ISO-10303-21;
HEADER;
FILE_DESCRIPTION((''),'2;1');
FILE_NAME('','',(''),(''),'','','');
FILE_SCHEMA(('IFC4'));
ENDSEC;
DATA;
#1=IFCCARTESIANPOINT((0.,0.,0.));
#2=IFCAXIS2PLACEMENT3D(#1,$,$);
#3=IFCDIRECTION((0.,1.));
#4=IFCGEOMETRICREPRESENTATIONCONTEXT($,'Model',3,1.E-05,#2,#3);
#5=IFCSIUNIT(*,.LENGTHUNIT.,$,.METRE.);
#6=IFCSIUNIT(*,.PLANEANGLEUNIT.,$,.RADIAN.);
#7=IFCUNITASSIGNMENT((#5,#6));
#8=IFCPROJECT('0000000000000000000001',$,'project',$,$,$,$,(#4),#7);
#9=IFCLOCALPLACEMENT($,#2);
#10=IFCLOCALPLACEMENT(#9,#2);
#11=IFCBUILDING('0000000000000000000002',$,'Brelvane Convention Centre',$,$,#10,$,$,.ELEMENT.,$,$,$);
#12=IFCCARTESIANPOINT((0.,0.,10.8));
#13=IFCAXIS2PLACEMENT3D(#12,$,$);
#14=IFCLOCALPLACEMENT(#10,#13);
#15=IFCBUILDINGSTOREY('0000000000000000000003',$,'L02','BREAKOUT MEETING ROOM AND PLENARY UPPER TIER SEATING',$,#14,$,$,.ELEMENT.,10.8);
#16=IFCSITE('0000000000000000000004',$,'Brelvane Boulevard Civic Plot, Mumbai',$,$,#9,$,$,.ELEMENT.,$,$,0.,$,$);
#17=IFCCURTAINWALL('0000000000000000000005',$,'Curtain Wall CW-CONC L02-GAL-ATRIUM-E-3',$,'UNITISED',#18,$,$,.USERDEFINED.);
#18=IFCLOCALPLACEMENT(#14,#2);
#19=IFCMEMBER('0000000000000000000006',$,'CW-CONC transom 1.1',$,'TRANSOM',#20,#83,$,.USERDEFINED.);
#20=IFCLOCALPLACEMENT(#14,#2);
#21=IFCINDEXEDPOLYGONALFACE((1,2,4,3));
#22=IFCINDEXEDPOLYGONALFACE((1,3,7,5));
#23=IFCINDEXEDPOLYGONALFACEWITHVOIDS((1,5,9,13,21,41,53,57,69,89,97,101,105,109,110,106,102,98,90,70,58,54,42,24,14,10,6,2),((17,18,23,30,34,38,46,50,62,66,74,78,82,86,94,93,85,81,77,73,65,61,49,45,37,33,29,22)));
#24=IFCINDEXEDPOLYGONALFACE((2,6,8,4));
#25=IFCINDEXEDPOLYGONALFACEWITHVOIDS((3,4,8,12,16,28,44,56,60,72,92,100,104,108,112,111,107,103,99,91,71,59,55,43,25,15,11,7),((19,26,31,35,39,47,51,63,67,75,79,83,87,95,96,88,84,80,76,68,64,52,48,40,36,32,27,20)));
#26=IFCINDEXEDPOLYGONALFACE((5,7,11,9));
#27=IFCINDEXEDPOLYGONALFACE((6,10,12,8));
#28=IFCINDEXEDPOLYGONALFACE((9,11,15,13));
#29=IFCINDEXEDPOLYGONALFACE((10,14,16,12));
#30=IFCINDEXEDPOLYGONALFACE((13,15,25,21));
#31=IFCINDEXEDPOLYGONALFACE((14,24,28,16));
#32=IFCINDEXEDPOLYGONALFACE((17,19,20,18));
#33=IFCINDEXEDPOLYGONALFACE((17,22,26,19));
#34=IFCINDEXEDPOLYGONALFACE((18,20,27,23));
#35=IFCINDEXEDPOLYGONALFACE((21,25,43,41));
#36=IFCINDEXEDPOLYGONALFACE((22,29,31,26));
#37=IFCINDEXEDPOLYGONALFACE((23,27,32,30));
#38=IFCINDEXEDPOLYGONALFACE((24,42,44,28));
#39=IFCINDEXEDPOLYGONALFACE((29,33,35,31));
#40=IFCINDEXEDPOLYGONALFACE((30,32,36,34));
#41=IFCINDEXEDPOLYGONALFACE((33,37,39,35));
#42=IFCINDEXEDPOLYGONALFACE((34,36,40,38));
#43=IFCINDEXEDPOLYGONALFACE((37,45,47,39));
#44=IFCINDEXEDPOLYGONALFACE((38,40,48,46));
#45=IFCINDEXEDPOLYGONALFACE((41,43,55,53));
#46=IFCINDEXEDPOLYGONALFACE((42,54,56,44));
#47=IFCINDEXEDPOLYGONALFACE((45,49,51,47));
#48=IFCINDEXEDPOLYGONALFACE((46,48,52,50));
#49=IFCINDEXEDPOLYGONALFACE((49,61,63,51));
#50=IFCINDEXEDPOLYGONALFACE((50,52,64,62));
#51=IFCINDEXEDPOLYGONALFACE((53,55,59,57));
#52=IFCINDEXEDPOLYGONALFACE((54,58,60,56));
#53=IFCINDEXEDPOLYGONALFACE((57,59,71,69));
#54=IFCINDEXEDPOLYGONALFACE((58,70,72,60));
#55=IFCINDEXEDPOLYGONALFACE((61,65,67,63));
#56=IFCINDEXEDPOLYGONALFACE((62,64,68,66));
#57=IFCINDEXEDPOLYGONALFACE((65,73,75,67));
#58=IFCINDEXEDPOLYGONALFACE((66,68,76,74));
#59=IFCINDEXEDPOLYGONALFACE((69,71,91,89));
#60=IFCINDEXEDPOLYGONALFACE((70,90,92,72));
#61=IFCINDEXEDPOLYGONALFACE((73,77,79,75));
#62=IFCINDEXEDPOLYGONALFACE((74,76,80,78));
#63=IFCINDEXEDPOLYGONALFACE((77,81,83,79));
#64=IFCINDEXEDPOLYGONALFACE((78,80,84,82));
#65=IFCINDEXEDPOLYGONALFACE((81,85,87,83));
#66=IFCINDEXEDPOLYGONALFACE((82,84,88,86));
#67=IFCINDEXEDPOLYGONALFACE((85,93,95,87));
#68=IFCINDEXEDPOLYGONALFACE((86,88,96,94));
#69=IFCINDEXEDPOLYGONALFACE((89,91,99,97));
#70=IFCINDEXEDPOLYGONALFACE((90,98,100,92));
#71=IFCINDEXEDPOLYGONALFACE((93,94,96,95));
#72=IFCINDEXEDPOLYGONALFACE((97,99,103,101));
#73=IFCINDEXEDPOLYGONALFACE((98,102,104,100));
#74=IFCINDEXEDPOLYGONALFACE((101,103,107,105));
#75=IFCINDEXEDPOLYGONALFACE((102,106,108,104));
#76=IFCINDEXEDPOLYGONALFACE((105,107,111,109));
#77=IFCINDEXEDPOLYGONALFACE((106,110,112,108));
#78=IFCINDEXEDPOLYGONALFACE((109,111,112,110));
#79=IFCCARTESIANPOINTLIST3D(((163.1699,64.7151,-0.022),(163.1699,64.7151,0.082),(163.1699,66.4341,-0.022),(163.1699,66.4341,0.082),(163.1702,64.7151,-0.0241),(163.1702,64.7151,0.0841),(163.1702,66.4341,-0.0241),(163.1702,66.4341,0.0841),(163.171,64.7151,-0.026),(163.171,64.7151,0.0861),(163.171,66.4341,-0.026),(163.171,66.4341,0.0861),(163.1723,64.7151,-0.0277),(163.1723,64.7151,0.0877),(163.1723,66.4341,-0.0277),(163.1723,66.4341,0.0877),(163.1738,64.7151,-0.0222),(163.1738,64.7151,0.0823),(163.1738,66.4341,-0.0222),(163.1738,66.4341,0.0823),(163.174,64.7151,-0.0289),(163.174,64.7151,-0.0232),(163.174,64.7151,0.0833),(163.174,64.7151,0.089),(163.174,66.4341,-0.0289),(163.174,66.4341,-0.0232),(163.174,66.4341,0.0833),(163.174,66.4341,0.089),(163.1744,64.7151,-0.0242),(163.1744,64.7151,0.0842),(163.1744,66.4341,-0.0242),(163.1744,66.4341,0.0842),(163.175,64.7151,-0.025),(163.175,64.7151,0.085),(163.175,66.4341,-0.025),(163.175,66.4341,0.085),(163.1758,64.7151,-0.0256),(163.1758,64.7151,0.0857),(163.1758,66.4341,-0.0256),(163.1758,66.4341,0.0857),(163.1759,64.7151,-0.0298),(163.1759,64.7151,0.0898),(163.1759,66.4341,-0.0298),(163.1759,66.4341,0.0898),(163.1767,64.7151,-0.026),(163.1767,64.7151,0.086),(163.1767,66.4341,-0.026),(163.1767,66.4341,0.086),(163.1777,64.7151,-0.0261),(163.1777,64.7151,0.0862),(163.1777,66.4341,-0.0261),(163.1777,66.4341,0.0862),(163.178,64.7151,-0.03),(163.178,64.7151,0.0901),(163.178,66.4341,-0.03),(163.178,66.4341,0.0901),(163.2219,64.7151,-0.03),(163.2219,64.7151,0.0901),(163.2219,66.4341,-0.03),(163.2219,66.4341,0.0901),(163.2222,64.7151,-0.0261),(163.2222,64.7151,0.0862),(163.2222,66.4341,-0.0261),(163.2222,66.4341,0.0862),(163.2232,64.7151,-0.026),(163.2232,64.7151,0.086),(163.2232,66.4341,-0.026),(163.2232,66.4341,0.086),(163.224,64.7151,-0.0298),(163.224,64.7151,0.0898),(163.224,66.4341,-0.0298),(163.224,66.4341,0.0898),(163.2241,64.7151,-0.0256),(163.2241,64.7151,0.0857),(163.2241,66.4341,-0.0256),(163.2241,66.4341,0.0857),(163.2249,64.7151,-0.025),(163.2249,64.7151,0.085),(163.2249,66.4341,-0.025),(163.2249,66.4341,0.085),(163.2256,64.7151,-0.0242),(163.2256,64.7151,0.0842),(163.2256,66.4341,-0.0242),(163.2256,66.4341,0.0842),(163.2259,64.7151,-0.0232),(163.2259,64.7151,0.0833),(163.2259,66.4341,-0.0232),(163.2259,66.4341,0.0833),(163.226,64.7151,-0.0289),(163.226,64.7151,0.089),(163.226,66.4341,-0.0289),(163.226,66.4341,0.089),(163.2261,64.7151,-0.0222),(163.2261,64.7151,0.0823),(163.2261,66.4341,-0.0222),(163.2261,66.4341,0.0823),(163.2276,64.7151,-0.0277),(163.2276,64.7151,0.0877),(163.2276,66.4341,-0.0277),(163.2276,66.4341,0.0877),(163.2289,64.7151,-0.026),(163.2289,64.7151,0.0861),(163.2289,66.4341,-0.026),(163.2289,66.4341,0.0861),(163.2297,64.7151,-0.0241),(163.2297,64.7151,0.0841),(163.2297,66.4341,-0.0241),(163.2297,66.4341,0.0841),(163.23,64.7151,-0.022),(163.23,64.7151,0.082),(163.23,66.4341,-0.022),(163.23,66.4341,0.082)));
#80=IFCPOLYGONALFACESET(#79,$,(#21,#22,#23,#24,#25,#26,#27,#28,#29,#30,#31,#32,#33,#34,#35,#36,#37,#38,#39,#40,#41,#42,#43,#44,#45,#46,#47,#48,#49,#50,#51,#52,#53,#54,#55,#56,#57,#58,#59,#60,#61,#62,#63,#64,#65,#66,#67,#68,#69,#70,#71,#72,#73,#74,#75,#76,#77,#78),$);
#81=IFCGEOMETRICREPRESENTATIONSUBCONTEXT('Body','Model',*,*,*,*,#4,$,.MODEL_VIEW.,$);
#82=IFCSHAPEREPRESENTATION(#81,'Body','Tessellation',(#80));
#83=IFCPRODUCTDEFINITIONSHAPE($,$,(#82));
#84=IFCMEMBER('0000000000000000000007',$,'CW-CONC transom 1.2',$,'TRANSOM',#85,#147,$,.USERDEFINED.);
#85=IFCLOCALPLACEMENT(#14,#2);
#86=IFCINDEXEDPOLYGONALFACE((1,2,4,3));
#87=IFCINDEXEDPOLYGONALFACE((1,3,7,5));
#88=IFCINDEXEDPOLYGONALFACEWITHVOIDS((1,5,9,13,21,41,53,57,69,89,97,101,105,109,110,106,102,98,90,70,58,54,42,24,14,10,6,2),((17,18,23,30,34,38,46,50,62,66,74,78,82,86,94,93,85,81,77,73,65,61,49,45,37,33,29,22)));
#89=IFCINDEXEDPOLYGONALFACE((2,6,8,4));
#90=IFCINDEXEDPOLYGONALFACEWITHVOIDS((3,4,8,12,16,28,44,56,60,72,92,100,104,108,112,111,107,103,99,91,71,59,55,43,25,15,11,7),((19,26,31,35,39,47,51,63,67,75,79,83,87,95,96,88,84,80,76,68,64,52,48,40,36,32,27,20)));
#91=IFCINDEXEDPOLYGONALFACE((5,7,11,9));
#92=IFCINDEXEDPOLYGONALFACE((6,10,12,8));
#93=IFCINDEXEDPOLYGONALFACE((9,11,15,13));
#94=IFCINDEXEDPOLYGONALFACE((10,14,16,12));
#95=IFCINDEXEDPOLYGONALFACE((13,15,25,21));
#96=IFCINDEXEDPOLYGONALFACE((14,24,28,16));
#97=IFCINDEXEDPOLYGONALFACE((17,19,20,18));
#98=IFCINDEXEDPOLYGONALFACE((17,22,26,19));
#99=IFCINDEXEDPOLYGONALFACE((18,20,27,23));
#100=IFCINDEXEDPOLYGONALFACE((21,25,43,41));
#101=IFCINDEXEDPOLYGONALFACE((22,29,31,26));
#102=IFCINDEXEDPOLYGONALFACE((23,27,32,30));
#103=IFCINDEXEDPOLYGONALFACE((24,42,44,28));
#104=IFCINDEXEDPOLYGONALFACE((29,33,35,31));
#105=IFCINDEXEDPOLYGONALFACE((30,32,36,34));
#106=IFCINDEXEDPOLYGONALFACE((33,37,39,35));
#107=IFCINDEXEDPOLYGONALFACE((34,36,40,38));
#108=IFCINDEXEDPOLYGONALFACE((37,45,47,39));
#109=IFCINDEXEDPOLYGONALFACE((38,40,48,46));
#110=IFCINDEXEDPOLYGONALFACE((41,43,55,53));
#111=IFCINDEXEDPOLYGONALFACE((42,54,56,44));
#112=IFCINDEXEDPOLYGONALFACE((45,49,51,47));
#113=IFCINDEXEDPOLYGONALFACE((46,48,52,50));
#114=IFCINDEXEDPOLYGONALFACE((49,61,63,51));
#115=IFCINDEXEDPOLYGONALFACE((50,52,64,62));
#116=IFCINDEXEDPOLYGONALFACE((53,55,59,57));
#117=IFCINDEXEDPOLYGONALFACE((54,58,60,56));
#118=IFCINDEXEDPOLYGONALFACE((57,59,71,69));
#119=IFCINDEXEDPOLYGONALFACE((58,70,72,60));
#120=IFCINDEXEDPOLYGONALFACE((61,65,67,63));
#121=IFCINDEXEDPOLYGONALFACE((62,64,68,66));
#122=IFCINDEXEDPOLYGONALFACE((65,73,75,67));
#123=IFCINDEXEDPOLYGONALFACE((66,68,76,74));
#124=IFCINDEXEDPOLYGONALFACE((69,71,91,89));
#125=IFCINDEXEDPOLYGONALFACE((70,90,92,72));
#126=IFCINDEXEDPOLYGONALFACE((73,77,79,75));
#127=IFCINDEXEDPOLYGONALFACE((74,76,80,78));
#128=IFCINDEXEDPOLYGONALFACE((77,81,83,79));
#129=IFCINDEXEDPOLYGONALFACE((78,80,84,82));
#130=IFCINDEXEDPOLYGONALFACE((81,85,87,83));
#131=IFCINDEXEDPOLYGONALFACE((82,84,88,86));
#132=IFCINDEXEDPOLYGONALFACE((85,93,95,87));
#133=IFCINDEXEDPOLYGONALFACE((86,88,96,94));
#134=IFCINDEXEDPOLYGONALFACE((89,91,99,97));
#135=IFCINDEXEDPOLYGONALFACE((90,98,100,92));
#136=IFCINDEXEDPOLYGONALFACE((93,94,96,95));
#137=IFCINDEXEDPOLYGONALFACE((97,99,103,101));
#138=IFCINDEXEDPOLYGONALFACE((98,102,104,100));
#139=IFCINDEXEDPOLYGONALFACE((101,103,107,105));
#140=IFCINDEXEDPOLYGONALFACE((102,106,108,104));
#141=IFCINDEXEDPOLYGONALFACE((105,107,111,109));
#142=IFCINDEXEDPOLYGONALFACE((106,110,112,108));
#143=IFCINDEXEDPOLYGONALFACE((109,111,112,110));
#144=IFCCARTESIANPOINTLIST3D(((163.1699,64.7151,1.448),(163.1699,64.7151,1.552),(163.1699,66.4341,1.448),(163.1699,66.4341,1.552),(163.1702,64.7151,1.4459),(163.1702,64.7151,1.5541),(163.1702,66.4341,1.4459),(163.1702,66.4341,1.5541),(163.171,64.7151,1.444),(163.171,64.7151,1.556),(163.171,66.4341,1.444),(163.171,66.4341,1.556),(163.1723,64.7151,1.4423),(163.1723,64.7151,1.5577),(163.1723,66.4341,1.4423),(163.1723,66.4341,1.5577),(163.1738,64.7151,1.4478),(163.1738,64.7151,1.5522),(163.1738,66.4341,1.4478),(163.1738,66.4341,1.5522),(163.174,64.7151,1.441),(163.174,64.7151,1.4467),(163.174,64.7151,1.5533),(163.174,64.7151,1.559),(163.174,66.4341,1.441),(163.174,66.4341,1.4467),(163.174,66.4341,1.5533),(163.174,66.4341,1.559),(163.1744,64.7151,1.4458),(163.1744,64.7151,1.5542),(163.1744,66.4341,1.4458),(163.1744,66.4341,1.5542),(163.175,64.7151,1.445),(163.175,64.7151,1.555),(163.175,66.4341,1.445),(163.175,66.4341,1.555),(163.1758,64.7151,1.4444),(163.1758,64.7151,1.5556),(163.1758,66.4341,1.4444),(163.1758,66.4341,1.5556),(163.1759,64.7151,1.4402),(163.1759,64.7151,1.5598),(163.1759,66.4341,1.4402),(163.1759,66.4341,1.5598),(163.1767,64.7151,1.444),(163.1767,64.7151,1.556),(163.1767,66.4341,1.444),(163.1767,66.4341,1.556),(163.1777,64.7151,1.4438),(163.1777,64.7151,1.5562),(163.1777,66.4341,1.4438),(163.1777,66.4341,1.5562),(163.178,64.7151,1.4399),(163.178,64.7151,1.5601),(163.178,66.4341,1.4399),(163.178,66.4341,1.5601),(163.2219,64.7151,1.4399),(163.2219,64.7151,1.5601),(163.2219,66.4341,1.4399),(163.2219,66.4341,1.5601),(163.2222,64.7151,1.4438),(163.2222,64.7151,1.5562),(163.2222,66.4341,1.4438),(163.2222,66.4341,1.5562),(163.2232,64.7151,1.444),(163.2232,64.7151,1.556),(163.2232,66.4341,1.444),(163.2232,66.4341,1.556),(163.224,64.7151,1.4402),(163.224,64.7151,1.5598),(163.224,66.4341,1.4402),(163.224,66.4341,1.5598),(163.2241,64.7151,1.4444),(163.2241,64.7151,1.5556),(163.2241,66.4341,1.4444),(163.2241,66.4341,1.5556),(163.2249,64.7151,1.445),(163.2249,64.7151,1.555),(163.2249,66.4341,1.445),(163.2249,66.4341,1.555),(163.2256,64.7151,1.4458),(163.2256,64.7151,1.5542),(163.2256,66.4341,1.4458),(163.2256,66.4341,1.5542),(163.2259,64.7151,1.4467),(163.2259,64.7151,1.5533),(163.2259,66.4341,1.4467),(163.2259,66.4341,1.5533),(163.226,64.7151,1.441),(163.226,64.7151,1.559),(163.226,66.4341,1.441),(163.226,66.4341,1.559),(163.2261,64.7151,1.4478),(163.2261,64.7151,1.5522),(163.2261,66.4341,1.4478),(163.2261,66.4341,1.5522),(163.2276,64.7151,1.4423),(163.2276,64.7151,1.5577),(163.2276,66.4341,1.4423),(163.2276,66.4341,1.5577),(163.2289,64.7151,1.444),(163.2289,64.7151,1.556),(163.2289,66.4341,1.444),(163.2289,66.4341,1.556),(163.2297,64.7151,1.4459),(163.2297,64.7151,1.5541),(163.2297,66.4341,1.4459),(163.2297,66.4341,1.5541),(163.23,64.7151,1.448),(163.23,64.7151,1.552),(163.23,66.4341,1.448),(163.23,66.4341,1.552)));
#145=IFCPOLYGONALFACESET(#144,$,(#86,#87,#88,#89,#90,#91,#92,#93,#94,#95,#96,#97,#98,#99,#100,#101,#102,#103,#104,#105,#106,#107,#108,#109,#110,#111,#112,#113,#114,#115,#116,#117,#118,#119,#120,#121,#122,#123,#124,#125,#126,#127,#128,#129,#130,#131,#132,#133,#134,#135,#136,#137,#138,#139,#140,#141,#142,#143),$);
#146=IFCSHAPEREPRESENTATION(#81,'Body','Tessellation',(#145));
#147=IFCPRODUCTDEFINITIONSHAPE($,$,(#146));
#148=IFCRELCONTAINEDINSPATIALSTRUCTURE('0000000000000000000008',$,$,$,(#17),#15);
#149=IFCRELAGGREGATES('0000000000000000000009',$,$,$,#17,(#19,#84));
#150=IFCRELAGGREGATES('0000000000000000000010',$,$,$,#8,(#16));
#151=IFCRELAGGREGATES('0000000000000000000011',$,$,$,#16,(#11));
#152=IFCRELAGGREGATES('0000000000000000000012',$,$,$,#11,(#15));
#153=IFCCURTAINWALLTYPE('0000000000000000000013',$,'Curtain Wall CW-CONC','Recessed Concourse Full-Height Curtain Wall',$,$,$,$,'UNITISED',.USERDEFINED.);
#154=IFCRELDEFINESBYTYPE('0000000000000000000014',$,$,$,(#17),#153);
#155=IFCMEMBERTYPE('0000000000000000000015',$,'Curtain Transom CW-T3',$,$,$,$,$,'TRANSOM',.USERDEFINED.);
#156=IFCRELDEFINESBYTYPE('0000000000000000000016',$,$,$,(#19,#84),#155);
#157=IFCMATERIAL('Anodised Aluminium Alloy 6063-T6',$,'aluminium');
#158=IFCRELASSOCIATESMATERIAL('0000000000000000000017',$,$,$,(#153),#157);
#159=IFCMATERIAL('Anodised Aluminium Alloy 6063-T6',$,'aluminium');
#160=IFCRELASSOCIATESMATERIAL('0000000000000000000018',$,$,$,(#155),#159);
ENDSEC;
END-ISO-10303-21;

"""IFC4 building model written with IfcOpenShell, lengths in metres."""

from ifc_helpers import new_model, si_unit, direction, frame, origin, origin_2d, place, context, subcontext, project, spatial, hollow_rectangle, extrude, material, material_profile, profile_set, type_object, element, aggregate, save


model = new_model("IFC4")

# Units and contexts
model_context = context("Model", 3, precision=1e-05, world=origin(), true_north=direction((0.0, 1.0)))
body_context = subcontext(model_context, "Body", "Model", "MODEL_VIEW")
ifc_project = project(units=[si_unit("LENGTHUNIT", "METRE"), si_unit("PLANEANGLEUNIT", "RADIAN")], contexts=[model_context])

# Site, building, storey
site_placement = place(None, origin())
site = spatial("IfcSite", under=ifc_project, at=site_placement, Name="Brelvane Boulevard Civic Plot, Mumbai", CompositionType="ELEMENT", RefElevation=0.0)
building_placement = place(site_placement, origin())
building = spatial("IfcBuilding", under=site, at=building_placement, Name="Brelvane Convention Centre", CompositionType="ELEMENT")
storey_placement = place(building_placement, frame((0.0, 0.0, 10.8)))
storey = spatial("IfcBuildingStorey", under=building, at=storey_placement, Name="L02", Description="BREAKOUT MEETING ROOM AND PLENARY UPPER TIER SEATING", CompositionType="ELEMENT", Elevation=10.8)

# Curtain wall, members
ifc_material_1 = material(Name="Anodised Aluminium Alloy 6063-T6", Category="aluminium")
curtain_wall_type = type_object("IfcCurtainWallType", Name="Curtain Wall CW-CONC", Description="Recessed Concourse Full-Height Curtain Wall", ElementType="UNITISED", PredefinedType="USERDEFINED", material=ifc_material_1)
curtain_wall_placement = place(storey_placement, origin())
curtain_wall = element("IfcCurtainWall", 1, at=curtain_wall_placement, inside=storey, type_object=curtain_wall_type, Name="Curtain Wall CW-CONC L02-GAL-ATRIUM-E-3", ObjectType="UNITISED", PredefinedType="USERDEFINED")
ifc_material_2 = material(Name="Anodised Aluminium Alloy 6063-T6", Category="aluminium")
ifc_material_profile_1 = material_profile(ifc_material_2, hollow_rectangle(XDim=0.0601, YDim=0.1201, WallThickness=0.0039, InnerFilletRadius=0.0039, OuterFilletRadius=0.0081, at=origin_2d()), Name="ALU-T 120x60x4.0")
ifc_profile_set_1 = profile_set([ifc_material_profile_1], Name="Anodised Aluminium Alloy 6063-T6")
member_type_1 = type_object("IfcMemberType", Name="Curtain Transom CW-T3", ElementType="TRANSOM", PredefinedType="USERDEFINED", material=ifc_profile_set_1)
member_1_placement = place(storey_placement, frame((163.2, 64.7151, 0.03), z_axis=(0.0, 1.0, 0.0), x_axis=(-1.0, 0.0, 0.0)))
member_1 = element("IfcMember", 2, at=member_1_placement, type_object=member_type_1, Name="CW-CONC transom 1.1", ObjectType="TRANSOM", PredefinedType="USERDEFINED", context=body_context, shape_type="SweptSolid", body=[
    extrude(hollow_rectangle(XDim=0.0601, YDim=0.1201, WallThickness=0.0039, InnerFilletRadius=0.0039, OuterFilletRadius=0.0081, at=origin_2d()), origin(), (0.0, 0.0, 1.0), 1.719),
])
member_2_placement = place(storey_placement, frame((163.2, 64.7151, 1.5), z_axis=(0.0, 1.0, 0.0), x_axis=(-1.0, 0.0, 0.0)))
member_2 = element("IfcMember", 3, at=member_2_placement, type_object=member_type_1, Name="CW-CONC transom 1.2", ObjectType="TRANSOM", PredefinedType="USERDEFINED", context=body_context, shape_type="SweptSolid", body=[
    extrude(hollow_rectangle(XDim=0.0601, YDim=0.1201, WallThickness=0.0039, InnerFilletRadius=0.0039, OuterFilletRadius=0.0081, at=origin_2d()), origin(), (0.0, 0.0, 1.0), 1.719),
])

aggregate(curtain_wall, [member_1, member_2])

save(model, "model.ifc")
